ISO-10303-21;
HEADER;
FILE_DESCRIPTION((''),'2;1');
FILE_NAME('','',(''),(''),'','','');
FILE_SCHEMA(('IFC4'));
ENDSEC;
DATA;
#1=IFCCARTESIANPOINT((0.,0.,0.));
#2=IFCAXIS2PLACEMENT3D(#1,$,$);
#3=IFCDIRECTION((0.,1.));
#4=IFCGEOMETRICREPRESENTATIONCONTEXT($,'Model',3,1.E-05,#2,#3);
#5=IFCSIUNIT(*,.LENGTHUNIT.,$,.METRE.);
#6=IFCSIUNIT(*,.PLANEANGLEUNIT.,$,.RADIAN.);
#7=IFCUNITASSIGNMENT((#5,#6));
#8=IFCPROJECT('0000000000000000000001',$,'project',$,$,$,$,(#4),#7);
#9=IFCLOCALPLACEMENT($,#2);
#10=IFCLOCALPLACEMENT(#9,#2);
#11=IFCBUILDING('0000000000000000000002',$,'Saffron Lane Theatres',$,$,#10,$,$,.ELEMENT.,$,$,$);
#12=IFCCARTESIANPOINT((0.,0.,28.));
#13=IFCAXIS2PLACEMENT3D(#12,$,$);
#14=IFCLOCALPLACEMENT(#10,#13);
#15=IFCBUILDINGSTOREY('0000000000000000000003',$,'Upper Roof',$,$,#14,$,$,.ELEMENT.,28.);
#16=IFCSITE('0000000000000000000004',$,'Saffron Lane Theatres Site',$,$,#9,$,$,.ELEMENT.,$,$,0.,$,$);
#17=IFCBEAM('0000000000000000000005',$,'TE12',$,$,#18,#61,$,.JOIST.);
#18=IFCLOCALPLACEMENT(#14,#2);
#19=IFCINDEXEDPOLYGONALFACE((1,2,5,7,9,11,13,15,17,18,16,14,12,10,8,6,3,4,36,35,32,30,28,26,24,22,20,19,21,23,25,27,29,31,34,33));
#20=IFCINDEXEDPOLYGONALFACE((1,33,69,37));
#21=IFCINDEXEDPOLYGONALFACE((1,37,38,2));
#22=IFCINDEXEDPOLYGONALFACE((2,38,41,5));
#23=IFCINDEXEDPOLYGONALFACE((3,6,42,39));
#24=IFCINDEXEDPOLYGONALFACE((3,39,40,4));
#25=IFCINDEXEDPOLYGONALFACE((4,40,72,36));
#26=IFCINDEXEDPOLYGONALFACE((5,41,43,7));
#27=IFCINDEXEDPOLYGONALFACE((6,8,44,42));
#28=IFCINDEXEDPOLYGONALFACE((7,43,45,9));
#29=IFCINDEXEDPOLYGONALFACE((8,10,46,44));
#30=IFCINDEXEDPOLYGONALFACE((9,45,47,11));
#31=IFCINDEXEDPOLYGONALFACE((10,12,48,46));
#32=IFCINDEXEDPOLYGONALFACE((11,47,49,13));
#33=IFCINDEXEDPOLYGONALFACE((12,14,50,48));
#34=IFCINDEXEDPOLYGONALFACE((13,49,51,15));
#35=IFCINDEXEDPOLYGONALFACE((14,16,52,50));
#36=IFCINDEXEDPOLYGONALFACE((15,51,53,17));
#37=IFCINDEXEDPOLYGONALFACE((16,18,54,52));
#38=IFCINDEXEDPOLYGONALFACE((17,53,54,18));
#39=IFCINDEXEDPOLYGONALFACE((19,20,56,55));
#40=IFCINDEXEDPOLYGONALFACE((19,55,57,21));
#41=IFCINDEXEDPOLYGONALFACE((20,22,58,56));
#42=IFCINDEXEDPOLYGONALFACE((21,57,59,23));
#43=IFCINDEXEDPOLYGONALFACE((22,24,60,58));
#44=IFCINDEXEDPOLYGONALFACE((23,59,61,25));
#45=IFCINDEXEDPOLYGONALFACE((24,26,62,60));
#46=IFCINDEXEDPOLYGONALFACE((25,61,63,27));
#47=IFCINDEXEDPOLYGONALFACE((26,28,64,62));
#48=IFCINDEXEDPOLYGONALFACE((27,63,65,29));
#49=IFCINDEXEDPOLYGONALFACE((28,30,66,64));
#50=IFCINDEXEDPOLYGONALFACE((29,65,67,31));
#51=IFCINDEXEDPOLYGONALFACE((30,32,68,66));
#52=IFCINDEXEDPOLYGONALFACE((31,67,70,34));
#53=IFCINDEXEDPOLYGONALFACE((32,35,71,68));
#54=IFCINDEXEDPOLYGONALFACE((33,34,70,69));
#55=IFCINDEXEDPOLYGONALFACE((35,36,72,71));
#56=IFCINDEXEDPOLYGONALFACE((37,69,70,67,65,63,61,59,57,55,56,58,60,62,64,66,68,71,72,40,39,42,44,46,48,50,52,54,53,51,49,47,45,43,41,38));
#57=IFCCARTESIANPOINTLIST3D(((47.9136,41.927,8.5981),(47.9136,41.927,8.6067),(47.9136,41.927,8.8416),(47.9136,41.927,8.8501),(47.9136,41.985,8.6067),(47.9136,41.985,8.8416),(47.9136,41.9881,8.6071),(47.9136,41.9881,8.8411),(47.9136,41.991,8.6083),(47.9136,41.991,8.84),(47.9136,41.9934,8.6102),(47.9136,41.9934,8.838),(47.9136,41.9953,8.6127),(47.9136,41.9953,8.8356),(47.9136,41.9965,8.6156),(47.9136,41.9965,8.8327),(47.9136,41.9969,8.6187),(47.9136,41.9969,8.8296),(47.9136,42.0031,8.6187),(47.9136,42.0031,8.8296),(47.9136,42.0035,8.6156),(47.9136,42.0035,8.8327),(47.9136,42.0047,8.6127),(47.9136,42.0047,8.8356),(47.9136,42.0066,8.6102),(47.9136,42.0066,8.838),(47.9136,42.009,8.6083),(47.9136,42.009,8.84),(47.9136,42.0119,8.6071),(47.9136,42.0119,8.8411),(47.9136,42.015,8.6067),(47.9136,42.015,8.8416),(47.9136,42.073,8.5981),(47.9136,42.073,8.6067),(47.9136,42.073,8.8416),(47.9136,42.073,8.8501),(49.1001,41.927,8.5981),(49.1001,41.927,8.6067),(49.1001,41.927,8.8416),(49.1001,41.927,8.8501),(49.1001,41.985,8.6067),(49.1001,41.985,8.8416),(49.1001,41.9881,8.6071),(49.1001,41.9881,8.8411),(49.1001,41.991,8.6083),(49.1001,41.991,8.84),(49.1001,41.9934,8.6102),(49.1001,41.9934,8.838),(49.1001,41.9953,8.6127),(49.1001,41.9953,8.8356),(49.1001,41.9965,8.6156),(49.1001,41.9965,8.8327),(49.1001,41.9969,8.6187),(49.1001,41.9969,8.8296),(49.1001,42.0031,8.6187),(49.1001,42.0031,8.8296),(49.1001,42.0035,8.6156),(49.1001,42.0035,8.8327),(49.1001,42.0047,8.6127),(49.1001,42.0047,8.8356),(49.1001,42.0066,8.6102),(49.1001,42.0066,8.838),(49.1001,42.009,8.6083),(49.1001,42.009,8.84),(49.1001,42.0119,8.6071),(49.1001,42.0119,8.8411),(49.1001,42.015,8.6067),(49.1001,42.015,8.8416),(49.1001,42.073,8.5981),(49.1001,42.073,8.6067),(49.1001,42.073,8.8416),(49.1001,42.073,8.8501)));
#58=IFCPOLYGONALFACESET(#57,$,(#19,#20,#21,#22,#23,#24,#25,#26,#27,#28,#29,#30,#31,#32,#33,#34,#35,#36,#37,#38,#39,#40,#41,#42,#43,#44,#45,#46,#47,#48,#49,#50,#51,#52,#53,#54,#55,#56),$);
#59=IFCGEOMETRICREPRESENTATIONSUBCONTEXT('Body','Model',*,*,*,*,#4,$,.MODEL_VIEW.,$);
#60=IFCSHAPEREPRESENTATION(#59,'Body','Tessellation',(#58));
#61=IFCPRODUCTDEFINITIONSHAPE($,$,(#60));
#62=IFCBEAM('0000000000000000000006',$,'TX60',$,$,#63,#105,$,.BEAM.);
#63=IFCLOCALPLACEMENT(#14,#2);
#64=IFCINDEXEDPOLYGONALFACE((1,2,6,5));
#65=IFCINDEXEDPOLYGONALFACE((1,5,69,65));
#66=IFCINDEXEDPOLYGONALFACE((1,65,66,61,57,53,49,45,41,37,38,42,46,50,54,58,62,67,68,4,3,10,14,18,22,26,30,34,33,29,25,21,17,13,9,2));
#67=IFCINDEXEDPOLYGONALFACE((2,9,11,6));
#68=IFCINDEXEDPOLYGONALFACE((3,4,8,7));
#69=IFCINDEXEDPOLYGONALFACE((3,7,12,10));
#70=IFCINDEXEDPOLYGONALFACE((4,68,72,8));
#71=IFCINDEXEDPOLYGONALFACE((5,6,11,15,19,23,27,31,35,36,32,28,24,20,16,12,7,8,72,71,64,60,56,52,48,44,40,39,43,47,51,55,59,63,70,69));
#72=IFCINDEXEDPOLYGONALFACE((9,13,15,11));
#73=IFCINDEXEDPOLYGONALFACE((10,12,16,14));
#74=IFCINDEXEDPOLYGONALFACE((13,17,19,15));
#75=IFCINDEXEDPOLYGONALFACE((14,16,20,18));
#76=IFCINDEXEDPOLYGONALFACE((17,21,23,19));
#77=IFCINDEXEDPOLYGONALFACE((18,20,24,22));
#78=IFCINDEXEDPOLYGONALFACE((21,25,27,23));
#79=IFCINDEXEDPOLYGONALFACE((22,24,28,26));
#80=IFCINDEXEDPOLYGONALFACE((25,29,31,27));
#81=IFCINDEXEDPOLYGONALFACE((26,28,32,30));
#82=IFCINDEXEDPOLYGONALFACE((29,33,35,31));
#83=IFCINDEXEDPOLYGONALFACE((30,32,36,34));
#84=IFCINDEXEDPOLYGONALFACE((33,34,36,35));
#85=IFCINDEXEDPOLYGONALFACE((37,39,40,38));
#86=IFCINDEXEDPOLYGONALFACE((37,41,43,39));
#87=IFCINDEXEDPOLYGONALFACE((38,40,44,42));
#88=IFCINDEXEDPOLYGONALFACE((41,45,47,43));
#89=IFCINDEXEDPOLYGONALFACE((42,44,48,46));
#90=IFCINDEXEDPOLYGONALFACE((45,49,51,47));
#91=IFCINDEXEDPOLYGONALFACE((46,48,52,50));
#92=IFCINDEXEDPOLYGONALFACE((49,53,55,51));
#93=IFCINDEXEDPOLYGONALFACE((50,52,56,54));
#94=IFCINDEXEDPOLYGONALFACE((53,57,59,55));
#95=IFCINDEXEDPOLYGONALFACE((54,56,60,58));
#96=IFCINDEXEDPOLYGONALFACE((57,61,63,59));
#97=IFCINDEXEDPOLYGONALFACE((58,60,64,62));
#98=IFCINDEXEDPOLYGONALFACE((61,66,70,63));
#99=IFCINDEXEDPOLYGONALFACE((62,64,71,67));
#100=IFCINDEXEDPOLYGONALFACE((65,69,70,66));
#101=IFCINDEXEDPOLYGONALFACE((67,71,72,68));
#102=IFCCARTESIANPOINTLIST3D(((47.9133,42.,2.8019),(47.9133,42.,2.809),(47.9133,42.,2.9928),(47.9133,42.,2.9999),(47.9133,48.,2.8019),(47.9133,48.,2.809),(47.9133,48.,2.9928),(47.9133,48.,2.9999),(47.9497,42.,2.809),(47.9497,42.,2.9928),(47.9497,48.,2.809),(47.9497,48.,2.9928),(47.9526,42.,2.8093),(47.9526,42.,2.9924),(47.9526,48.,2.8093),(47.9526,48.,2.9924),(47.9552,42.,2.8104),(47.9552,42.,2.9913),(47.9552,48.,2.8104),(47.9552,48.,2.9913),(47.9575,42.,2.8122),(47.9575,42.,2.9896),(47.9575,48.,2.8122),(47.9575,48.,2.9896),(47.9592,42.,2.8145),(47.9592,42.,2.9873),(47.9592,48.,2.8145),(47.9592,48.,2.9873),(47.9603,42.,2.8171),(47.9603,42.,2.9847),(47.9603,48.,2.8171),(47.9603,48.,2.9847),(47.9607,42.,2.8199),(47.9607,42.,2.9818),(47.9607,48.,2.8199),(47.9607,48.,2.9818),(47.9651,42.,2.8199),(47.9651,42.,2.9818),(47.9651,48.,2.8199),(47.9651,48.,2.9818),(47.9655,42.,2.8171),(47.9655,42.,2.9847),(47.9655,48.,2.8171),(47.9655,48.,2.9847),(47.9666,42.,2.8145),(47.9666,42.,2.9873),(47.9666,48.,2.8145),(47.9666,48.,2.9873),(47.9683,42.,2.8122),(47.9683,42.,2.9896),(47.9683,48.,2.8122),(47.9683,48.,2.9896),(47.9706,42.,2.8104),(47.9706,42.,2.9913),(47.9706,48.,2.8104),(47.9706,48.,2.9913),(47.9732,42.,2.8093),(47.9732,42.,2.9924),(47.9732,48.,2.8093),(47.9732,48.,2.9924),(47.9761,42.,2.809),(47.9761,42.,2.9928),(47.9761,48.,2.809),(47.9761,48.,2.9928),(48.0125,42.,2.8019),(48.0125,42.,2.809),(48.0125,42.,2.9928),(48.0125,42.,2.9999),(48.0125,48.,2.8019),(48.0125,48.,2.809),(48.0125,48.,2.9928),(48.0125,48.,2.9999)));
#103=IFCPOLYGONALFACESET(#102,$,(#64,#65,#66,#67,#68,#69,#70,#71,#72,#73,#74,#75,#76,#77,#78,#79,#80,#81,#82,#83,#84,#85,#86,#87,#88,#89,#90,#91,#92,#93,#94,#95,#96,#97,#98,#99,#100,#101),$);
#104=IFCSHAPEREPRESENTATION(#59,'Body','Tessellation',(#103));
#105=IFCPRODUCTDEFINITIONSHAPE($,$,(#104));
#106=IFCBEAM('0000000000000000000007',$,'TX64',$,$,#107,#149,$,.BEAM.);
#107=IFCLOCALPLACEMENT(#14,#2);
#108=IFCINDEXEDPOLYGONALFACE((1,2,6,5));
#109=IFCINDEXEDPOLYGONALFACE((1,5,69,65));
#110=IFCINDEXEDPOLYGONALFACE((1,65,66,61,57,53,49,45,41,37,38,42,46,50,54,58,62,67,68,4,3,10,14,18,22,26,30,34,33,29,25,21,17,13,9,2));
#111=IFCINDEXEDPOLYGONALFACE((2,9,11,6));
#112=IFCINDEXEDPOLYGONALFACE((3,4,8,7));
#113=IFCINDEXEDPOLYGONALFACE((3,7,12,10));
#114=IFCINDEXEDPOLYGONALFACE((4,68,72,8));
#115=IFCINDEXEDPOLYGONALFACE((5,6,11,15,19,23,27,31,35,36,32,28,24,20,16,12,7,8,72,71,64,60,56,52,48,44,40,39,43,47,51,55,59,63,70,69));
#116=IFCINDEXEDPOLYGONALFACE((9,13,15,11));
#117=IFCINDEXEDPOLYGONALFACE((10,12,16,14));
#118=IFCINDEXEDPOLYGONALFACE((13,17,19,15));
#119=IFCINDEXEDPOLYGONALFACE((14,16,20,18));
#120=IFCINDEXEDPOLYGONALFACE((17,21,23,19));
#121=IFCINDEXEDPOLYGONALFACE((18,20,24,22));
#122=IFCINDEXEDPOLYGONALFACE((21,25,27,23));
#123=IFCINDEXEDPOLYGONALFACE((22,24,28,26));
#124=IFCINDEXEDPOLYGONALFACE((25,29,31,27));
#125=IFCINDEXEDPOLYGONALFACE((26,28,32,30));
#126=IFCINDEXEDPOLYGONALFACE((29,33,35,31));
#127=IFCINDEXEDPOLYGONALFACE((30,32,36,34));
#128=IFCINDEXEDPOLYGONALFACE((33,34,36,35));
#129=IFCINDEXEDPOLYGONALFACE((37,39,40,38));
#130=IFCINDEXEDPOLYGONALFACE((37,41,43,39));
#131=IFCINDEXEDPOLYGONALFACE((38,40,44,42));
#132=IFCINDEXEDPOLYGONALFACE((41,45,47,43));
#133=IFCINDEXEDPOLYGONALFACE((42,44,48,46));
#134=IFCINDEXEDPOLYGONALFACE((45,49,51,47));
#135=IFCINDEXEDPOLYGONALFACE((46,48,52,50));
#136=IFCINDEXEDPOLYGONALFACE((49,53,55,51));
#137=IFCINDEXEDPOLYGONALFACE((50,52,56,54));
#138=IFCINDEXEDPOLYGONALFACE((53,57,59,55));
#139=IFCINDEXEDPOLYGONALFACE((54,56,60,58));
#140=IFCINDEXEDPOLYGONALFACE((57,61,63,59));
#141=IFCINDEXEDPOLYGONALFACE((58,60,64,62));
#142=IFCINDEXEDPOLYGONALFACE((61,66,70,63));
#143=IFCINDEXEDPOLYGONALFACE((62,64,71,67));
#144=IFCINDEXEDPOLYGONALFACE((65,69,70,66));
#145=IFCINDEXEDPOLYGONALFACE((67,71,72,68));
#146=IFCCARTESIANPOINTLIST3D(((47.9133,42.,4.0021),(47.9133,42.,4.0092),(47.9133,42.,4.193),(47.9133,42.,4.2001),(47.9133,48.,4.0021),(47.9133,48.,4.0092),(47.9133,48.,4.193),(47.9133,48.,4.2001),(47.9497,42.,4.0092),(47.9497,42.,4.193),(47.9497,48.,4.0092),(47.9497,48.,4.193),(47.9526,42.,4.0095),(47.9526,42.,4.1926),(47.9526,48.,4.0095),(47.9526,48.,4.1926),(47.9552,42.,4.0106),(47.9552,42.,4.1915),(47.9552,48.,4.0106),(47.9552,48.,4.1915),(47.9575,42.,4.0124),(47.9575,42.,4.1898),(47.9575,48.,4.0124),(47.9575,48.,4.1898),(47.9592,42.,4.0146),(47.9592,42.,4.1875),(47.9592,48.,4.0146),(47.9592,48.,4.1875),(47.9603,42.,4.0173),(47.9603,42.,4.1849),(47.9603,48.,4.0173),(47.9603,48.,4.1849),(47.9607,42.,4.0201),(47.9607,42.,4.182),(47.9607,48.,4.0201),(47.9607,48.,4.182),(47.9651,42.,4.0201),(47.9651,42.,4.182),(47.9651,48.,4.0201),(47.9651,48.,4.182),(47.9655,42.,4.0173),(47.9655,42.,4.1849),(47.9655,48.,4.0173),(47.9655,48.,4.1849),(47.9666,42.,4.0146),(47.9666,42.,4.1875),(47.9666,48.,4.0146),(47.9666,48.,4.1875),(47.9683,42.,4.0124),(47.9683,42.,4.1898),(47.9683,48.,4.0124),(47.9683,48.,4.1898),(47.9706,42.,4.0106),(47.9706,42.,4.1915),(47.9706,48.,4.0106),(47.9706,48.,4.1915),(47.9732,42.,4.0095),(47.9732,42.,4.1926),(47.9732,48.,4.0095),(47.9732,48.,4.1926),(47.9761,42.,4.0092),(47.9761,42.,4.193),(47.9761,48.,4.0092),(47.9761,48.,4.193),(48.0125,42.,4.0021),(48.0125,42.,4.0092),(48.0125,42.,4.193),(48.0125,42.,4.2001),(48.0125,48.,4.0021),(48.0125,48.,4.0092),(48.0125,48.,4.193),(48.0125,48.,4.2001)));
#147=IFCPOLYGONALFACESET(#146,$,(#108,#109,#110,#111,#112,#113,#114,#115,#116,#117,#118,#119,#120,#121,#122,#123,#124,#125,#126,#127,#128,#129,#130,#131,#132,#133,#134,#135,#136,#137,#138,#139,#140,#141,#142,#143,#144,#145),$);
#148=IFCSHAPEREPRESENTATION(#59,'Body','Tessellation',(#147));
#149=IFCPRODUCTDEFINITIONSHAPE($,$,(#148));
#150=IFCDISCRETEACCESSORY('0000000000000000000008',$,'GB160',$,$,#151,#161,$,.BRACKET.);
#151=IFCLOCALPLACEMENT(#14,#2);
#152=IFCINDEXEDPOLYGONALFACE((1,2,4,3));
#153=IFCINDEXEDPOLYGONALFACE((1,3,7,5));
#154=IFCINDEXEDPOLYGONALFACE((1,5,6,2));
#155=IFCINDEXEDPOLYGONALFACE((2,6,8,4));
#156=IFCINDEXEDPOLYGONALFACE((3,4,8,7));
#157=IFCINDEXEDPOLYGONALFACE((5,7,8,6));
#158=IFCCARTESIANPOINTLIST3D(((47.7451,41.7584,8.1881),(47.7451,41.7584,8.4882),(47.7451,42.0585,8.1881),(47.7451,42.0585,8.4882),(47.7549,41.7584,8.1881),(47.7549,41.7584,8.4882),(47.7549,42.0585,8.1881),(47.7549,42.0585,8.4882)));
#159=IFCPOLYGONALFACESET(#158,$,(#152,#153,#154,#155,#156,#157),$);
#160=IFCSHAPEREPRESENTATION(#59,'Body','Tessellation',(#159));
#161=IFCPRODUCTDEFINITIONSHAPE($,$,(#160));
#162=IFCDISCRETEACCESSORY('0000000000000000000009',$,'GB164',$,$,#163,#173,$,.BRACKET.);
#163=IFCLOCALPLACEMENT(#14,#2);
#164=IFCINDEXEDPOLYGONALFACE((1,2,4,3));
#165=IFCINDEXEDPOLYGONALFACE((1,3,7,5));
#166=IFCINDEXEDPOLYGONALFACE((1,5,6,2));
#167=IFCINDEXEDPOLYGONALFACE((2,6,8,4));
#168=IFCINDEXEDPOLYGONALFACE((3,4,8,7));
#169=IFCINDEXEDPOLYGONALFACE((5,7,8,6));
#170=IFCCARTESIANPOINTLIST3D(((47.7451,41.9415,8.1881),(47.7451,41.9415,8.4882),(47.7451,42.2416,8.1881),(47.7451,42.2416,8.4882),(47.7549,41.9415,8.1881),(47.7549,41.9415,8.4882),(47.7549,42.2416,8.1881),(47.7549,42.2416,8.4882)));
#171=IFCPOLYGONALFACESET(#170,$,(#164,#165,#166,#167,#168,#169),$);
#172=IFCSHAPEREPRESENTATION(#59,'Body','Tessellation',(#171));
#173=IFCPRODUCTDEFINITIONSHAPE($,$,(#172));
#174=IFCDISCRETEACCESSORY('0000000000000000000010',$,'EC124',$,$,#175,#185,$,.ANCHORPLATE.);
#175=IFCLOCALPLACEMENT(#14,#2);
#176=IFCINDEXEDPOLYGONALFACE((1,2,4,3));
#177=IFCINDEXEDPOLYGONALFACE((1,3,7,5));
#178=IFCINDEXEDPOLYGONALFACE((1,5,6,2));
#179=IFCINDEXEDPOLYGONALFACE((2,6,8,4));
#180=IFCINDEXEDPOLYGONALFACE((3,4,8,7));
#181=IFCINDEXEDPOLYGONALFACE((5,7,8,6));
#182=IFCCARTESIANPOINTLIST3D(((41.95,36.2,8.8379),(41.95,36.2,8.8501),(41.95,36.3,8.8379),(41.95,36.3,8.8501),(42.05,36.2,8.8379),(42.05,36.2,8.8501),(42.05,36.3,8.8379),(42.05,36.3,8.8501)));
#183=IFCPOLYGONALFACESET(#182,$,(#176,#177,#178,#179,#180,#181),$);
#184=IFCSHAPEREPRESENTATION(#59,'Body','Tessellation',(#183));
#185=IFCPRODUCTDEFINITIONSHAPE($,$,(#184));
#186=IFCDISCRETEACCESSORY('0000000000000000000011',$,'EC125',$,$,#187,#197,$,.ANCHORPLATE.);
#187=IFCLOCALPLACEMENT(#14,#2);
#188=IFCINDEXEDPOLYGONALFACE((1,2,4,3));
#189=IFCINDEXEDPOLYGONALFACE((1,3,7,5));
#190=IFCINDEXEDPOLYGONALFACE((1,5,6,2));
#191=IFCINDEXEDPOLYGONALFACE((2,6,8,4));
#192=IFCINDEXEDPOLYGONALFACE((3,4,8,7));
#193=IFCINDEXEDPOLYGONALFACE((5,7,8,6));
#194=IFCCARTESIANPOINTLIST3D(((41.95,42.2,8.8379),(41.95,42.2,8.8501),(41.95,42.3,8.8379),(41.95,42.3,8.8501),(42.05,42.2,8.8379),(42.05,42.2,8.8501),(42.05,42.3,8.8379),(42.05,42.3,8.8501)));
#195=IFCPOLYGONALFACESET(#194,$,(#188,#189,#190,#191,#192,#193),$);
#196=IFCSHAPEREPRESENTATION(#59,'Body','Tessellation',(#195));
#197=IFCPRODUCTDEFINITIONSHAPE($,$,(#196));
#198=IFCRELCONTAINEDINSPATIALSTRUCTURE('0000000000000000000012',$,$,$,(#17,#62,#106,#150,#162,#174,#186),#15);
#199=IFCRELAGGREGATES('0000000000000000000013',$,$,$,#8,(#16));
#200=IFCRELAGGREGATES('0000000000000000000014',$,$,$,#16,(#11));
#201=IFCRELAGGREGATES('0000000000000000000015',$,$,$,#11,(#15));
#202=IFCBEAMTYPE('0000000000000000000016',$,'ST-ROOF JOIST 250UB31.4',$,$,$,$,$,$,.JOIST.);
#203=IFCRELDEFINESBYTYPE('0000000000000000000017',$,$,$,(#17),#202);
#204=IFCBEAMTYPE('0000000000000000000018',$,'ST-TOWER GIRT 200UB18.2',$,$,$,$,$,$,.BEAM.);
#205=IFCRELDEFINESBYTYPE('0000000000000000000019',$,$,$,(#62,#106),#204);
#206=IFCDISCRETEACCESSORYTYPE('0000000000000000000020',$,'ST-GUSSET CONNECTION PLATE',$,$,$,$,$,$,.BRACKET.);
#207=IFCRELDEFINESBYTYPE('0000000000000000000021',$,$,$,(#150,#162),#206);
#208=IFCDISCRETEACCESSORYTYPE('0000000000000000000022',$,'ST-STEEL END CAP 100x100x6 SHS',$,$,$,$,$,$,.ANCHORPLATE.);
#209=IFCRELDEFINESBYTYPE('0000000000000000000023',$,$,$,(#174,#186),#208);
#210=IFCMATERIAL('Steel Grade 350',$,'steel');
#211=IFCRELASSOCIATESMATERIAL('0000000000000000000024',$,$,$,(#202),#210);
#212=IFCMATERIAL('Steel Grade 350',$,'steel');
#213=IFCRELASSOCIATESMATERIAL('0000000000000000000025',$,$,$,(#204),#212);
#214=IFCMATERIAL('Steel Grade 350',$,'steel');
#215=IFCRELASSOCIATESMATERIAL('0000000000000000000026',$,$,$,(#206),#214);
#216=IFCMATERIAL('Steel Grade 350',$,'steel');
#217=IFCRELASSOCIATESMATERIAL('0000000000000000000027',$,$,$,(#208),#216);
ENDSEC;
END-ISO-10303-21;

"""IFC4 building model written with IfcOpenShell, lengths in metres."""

from ifc_helpers import new_model, si_unit, direction, frame, origin, origin_2d, place, context, subcontext, project, spatial, rectangle, i_section, extrude, material, material_profile, profile_set, type_object, element, save


model = new_model("IFC4")

# Units and contexts
model_context = context("Model", 3, precision=1e-05, world=origin(), true_north=direction((0.0, 1.0)))
body_context = subcontext(model_context, "Body", "Model", "MODEL_VIEW")
ifc_project = project(units=[si_unit("LENGTHUNIT", "METRE"), si_unit("PLANEANGLEUNIT", "RADIAN")], contexts=[model_context])

# Site, building, storey
site_placement = place(None, origin())
site = spatial("IfcSite", under=ifc_project, at=site_placement, Name="Saffron Lane Theatres Site", CompositionType="ELEMENT", RefElevation=0.0)
building_placement = place(site_placement, origin())
building = spatial("IfcBuilding", under=site, at=building_placement, Name="Saffron Lane Theatres", CompositionType="ELEMENT")
storey_placement = place(building_placement, frame((0.0, 0.0, 28.0)))
storey = spatial("IfcBuildingStorey", under=building, at=storey_placement, Name="Upper Roof", CompositionType="ELEMENT", Elevation=28.0)

# Beams
ifc_material_1 = material(Name="Steel Grade 350", Category="steel")
ifc_material_profile_1 = material_profile(ifc_material_1, i_section(OverallWidth=0.146, OverallDepth=0.252, WebThickness=0.0061, FlangeThickness=0.0085, FilletRadius=0.012, at=origin_2d()))
ifc_profile_set_1 = profile_set([ifc_material_profile_1], Name="Steel Grade 350")
beam_type_1 = type_object("IfcBeamType", Name="ST-ROOF JOIST 250UB31.4", PredefinedType="JOIST", material=ifc_profile_set_1)
beam_1_placement = place(storey_placement, frame((47.9136, 42.0, 8.7241), z_axis=(1.0, 0.0, 0.0), x_axis=(0.0, 1.0, 0.0)))
element("IfcBeam", 1, at=beam_1_placement, inside=storey, type_object=beam_type_1, Name="TE12", PredefinedType="JOIST", context=body_context, shape_type="SweptSolid", body=[
    extrude(i_section(OverallWidth=0.146, OverallDepth=0.252, WebThickness=0.0061, FlangeThickness=0.0085, FilletRadius=0.012, at=origin_2d()), origin(), (0.0, 0.0, 1.0), 1.1865),
])
ifc_material_2 = material(Name="Steel Grade 350", Category="steel")
ifc_material_profile_2 = material_profile(ifc_material_2, i_section(OverallWidth=0.0991, OverallDepth=0.198, WebThickness=0.0044, FlangeThickness=0.0071, FilletRadius=0.011, at=origin_2d()))
ifc_profile_set_2 = profile_set([ifc_material_profile_2], Name="Steel Grade 350")
beam_type_2 = type_object("IfcBeamType", Name="ST-TOWER GIRT 200UB18.2", PredefinedType="BEAM", material=ifc_profile_set_2)
for number, where, z_axis, x_axis, name in (
    (2, (47.9629, 42.0, 2.9009), (0.0, 1.0, 0.0), (-1.0, 0.0, 0.0), "TX60"),
    (3, (47.9629, 42.0, 4.1011), (0.0, 1.0, 0.0), (-1.0, 0.0, 0.0), "TX64"),
):
    element("IfcBeam", number, at=place(storey_placement, frame(where, z_axis=z_axis, x_axis=x_axis)), inside=storey, type_object=beam_type_2, Name=name, PredefinedType="BEAM", context=body_context, shape_type="SweptSolid", body=[
        extrude(i_section(OverallWidth=0.0991, OverallDepth=0.198, WebThickness=0.0044, FlangeThickness=0.0071, FilletRadius=0.011, at=origin_2d()), origin(), (0.0, 0.0, 1.0), 6.0),
    ])

# Discrete accessories
ifc_material_3 = material(Name="Steel Grade 350", Category="steel")
ifc_material_profile_3 = material_profile(ifc_material_3, rectangle(XDim=0.3, YDim=0.3, at=origin_2d()))
ifc_profile_set_3 = profile_set([ifc_material_profile_3], Name="Steel Grade 350")
discrete_accessory_type_1 = type_object("IfcDiscreteAccessoryType", Name="ST-GUSSET CONNECTION PLATE", PredefinedType="BRACKET", material=ifc_profile_set_3)
for number, where, z_axis, x_axis, name in (
    (4, (47.7451, 41.9084, 8.3381), (1.0, 0.0, 0.0), (0.0, 1.0, 0.0), "GB160"),
    (5, (47.7451, 42.0916, 8.3381), (1.0, 0.0, 0.0), (0.0, 1.0, 0.0), "GB164"),
):
    element("IfcDiscreteAccessory", number, at=place(storey_placement, frame(where, z_axis=z_axis, x_axis=x_axis)), inside=storey, type_object=discrete_accessory_type_1, Name=name, PredefinedType="BRACKET", context=body_context, shape_type="SweptSolid", body=[
        extrude(rectangle(XDim=0.3, YDim=0.3, at=origin_2d()), origin(), (0.0, 0.0, 1.0), 0.0098),
    ])
ifc_material_4 = material(Name="Steel Grade 350", Category="steel")
ifc_material_profile_4 = material_profile(ifc_material_4, rectangle(XDim=0.1001, YDim=0.1001, at=origin_2d()))
ifc_profile_set_4 = profile_set([ifc_material_profile_4], Name="Steel Grade 350")
discrete_accessory_type_2 = type_object("IfcDiscreteAccessoryType", Name="ST-STEEL END CAP 100x100x6 SHS", PredefinedType="ANCHORPLATE", material=ifc_profile_set_4)
for number, where, z_axis, x_axis, name in (
    (6, (42.0, 36.25, 8.8379), (0.0, 0.0, 1.0), (1.0, 0.0, 0.0), "EC124"),
    (7, (42.0, 42.25, 8.8379), (0.0, 0.0, 1.0), (1.0, 0.0, 0.0), "EC125"),
):
    element("IfcDiscreteAccessory", number, at=place(storey_placement, frame(where, z_axis=z_axis, x_axis=x_axis)), inside=storey, type_object=discrete_accessory_type_2, Name=name, PredefinedType="ANCHORPLATE", context=body_context, shape_type="SweptSolid", body=[
        extrude(rectangle(XDim=0.1001, YDim=0.1001, at=origin_2d()), origin(), (0.0, 0.0, 1.0), 0.0122),
    ])

save(model, "model.ifc")
